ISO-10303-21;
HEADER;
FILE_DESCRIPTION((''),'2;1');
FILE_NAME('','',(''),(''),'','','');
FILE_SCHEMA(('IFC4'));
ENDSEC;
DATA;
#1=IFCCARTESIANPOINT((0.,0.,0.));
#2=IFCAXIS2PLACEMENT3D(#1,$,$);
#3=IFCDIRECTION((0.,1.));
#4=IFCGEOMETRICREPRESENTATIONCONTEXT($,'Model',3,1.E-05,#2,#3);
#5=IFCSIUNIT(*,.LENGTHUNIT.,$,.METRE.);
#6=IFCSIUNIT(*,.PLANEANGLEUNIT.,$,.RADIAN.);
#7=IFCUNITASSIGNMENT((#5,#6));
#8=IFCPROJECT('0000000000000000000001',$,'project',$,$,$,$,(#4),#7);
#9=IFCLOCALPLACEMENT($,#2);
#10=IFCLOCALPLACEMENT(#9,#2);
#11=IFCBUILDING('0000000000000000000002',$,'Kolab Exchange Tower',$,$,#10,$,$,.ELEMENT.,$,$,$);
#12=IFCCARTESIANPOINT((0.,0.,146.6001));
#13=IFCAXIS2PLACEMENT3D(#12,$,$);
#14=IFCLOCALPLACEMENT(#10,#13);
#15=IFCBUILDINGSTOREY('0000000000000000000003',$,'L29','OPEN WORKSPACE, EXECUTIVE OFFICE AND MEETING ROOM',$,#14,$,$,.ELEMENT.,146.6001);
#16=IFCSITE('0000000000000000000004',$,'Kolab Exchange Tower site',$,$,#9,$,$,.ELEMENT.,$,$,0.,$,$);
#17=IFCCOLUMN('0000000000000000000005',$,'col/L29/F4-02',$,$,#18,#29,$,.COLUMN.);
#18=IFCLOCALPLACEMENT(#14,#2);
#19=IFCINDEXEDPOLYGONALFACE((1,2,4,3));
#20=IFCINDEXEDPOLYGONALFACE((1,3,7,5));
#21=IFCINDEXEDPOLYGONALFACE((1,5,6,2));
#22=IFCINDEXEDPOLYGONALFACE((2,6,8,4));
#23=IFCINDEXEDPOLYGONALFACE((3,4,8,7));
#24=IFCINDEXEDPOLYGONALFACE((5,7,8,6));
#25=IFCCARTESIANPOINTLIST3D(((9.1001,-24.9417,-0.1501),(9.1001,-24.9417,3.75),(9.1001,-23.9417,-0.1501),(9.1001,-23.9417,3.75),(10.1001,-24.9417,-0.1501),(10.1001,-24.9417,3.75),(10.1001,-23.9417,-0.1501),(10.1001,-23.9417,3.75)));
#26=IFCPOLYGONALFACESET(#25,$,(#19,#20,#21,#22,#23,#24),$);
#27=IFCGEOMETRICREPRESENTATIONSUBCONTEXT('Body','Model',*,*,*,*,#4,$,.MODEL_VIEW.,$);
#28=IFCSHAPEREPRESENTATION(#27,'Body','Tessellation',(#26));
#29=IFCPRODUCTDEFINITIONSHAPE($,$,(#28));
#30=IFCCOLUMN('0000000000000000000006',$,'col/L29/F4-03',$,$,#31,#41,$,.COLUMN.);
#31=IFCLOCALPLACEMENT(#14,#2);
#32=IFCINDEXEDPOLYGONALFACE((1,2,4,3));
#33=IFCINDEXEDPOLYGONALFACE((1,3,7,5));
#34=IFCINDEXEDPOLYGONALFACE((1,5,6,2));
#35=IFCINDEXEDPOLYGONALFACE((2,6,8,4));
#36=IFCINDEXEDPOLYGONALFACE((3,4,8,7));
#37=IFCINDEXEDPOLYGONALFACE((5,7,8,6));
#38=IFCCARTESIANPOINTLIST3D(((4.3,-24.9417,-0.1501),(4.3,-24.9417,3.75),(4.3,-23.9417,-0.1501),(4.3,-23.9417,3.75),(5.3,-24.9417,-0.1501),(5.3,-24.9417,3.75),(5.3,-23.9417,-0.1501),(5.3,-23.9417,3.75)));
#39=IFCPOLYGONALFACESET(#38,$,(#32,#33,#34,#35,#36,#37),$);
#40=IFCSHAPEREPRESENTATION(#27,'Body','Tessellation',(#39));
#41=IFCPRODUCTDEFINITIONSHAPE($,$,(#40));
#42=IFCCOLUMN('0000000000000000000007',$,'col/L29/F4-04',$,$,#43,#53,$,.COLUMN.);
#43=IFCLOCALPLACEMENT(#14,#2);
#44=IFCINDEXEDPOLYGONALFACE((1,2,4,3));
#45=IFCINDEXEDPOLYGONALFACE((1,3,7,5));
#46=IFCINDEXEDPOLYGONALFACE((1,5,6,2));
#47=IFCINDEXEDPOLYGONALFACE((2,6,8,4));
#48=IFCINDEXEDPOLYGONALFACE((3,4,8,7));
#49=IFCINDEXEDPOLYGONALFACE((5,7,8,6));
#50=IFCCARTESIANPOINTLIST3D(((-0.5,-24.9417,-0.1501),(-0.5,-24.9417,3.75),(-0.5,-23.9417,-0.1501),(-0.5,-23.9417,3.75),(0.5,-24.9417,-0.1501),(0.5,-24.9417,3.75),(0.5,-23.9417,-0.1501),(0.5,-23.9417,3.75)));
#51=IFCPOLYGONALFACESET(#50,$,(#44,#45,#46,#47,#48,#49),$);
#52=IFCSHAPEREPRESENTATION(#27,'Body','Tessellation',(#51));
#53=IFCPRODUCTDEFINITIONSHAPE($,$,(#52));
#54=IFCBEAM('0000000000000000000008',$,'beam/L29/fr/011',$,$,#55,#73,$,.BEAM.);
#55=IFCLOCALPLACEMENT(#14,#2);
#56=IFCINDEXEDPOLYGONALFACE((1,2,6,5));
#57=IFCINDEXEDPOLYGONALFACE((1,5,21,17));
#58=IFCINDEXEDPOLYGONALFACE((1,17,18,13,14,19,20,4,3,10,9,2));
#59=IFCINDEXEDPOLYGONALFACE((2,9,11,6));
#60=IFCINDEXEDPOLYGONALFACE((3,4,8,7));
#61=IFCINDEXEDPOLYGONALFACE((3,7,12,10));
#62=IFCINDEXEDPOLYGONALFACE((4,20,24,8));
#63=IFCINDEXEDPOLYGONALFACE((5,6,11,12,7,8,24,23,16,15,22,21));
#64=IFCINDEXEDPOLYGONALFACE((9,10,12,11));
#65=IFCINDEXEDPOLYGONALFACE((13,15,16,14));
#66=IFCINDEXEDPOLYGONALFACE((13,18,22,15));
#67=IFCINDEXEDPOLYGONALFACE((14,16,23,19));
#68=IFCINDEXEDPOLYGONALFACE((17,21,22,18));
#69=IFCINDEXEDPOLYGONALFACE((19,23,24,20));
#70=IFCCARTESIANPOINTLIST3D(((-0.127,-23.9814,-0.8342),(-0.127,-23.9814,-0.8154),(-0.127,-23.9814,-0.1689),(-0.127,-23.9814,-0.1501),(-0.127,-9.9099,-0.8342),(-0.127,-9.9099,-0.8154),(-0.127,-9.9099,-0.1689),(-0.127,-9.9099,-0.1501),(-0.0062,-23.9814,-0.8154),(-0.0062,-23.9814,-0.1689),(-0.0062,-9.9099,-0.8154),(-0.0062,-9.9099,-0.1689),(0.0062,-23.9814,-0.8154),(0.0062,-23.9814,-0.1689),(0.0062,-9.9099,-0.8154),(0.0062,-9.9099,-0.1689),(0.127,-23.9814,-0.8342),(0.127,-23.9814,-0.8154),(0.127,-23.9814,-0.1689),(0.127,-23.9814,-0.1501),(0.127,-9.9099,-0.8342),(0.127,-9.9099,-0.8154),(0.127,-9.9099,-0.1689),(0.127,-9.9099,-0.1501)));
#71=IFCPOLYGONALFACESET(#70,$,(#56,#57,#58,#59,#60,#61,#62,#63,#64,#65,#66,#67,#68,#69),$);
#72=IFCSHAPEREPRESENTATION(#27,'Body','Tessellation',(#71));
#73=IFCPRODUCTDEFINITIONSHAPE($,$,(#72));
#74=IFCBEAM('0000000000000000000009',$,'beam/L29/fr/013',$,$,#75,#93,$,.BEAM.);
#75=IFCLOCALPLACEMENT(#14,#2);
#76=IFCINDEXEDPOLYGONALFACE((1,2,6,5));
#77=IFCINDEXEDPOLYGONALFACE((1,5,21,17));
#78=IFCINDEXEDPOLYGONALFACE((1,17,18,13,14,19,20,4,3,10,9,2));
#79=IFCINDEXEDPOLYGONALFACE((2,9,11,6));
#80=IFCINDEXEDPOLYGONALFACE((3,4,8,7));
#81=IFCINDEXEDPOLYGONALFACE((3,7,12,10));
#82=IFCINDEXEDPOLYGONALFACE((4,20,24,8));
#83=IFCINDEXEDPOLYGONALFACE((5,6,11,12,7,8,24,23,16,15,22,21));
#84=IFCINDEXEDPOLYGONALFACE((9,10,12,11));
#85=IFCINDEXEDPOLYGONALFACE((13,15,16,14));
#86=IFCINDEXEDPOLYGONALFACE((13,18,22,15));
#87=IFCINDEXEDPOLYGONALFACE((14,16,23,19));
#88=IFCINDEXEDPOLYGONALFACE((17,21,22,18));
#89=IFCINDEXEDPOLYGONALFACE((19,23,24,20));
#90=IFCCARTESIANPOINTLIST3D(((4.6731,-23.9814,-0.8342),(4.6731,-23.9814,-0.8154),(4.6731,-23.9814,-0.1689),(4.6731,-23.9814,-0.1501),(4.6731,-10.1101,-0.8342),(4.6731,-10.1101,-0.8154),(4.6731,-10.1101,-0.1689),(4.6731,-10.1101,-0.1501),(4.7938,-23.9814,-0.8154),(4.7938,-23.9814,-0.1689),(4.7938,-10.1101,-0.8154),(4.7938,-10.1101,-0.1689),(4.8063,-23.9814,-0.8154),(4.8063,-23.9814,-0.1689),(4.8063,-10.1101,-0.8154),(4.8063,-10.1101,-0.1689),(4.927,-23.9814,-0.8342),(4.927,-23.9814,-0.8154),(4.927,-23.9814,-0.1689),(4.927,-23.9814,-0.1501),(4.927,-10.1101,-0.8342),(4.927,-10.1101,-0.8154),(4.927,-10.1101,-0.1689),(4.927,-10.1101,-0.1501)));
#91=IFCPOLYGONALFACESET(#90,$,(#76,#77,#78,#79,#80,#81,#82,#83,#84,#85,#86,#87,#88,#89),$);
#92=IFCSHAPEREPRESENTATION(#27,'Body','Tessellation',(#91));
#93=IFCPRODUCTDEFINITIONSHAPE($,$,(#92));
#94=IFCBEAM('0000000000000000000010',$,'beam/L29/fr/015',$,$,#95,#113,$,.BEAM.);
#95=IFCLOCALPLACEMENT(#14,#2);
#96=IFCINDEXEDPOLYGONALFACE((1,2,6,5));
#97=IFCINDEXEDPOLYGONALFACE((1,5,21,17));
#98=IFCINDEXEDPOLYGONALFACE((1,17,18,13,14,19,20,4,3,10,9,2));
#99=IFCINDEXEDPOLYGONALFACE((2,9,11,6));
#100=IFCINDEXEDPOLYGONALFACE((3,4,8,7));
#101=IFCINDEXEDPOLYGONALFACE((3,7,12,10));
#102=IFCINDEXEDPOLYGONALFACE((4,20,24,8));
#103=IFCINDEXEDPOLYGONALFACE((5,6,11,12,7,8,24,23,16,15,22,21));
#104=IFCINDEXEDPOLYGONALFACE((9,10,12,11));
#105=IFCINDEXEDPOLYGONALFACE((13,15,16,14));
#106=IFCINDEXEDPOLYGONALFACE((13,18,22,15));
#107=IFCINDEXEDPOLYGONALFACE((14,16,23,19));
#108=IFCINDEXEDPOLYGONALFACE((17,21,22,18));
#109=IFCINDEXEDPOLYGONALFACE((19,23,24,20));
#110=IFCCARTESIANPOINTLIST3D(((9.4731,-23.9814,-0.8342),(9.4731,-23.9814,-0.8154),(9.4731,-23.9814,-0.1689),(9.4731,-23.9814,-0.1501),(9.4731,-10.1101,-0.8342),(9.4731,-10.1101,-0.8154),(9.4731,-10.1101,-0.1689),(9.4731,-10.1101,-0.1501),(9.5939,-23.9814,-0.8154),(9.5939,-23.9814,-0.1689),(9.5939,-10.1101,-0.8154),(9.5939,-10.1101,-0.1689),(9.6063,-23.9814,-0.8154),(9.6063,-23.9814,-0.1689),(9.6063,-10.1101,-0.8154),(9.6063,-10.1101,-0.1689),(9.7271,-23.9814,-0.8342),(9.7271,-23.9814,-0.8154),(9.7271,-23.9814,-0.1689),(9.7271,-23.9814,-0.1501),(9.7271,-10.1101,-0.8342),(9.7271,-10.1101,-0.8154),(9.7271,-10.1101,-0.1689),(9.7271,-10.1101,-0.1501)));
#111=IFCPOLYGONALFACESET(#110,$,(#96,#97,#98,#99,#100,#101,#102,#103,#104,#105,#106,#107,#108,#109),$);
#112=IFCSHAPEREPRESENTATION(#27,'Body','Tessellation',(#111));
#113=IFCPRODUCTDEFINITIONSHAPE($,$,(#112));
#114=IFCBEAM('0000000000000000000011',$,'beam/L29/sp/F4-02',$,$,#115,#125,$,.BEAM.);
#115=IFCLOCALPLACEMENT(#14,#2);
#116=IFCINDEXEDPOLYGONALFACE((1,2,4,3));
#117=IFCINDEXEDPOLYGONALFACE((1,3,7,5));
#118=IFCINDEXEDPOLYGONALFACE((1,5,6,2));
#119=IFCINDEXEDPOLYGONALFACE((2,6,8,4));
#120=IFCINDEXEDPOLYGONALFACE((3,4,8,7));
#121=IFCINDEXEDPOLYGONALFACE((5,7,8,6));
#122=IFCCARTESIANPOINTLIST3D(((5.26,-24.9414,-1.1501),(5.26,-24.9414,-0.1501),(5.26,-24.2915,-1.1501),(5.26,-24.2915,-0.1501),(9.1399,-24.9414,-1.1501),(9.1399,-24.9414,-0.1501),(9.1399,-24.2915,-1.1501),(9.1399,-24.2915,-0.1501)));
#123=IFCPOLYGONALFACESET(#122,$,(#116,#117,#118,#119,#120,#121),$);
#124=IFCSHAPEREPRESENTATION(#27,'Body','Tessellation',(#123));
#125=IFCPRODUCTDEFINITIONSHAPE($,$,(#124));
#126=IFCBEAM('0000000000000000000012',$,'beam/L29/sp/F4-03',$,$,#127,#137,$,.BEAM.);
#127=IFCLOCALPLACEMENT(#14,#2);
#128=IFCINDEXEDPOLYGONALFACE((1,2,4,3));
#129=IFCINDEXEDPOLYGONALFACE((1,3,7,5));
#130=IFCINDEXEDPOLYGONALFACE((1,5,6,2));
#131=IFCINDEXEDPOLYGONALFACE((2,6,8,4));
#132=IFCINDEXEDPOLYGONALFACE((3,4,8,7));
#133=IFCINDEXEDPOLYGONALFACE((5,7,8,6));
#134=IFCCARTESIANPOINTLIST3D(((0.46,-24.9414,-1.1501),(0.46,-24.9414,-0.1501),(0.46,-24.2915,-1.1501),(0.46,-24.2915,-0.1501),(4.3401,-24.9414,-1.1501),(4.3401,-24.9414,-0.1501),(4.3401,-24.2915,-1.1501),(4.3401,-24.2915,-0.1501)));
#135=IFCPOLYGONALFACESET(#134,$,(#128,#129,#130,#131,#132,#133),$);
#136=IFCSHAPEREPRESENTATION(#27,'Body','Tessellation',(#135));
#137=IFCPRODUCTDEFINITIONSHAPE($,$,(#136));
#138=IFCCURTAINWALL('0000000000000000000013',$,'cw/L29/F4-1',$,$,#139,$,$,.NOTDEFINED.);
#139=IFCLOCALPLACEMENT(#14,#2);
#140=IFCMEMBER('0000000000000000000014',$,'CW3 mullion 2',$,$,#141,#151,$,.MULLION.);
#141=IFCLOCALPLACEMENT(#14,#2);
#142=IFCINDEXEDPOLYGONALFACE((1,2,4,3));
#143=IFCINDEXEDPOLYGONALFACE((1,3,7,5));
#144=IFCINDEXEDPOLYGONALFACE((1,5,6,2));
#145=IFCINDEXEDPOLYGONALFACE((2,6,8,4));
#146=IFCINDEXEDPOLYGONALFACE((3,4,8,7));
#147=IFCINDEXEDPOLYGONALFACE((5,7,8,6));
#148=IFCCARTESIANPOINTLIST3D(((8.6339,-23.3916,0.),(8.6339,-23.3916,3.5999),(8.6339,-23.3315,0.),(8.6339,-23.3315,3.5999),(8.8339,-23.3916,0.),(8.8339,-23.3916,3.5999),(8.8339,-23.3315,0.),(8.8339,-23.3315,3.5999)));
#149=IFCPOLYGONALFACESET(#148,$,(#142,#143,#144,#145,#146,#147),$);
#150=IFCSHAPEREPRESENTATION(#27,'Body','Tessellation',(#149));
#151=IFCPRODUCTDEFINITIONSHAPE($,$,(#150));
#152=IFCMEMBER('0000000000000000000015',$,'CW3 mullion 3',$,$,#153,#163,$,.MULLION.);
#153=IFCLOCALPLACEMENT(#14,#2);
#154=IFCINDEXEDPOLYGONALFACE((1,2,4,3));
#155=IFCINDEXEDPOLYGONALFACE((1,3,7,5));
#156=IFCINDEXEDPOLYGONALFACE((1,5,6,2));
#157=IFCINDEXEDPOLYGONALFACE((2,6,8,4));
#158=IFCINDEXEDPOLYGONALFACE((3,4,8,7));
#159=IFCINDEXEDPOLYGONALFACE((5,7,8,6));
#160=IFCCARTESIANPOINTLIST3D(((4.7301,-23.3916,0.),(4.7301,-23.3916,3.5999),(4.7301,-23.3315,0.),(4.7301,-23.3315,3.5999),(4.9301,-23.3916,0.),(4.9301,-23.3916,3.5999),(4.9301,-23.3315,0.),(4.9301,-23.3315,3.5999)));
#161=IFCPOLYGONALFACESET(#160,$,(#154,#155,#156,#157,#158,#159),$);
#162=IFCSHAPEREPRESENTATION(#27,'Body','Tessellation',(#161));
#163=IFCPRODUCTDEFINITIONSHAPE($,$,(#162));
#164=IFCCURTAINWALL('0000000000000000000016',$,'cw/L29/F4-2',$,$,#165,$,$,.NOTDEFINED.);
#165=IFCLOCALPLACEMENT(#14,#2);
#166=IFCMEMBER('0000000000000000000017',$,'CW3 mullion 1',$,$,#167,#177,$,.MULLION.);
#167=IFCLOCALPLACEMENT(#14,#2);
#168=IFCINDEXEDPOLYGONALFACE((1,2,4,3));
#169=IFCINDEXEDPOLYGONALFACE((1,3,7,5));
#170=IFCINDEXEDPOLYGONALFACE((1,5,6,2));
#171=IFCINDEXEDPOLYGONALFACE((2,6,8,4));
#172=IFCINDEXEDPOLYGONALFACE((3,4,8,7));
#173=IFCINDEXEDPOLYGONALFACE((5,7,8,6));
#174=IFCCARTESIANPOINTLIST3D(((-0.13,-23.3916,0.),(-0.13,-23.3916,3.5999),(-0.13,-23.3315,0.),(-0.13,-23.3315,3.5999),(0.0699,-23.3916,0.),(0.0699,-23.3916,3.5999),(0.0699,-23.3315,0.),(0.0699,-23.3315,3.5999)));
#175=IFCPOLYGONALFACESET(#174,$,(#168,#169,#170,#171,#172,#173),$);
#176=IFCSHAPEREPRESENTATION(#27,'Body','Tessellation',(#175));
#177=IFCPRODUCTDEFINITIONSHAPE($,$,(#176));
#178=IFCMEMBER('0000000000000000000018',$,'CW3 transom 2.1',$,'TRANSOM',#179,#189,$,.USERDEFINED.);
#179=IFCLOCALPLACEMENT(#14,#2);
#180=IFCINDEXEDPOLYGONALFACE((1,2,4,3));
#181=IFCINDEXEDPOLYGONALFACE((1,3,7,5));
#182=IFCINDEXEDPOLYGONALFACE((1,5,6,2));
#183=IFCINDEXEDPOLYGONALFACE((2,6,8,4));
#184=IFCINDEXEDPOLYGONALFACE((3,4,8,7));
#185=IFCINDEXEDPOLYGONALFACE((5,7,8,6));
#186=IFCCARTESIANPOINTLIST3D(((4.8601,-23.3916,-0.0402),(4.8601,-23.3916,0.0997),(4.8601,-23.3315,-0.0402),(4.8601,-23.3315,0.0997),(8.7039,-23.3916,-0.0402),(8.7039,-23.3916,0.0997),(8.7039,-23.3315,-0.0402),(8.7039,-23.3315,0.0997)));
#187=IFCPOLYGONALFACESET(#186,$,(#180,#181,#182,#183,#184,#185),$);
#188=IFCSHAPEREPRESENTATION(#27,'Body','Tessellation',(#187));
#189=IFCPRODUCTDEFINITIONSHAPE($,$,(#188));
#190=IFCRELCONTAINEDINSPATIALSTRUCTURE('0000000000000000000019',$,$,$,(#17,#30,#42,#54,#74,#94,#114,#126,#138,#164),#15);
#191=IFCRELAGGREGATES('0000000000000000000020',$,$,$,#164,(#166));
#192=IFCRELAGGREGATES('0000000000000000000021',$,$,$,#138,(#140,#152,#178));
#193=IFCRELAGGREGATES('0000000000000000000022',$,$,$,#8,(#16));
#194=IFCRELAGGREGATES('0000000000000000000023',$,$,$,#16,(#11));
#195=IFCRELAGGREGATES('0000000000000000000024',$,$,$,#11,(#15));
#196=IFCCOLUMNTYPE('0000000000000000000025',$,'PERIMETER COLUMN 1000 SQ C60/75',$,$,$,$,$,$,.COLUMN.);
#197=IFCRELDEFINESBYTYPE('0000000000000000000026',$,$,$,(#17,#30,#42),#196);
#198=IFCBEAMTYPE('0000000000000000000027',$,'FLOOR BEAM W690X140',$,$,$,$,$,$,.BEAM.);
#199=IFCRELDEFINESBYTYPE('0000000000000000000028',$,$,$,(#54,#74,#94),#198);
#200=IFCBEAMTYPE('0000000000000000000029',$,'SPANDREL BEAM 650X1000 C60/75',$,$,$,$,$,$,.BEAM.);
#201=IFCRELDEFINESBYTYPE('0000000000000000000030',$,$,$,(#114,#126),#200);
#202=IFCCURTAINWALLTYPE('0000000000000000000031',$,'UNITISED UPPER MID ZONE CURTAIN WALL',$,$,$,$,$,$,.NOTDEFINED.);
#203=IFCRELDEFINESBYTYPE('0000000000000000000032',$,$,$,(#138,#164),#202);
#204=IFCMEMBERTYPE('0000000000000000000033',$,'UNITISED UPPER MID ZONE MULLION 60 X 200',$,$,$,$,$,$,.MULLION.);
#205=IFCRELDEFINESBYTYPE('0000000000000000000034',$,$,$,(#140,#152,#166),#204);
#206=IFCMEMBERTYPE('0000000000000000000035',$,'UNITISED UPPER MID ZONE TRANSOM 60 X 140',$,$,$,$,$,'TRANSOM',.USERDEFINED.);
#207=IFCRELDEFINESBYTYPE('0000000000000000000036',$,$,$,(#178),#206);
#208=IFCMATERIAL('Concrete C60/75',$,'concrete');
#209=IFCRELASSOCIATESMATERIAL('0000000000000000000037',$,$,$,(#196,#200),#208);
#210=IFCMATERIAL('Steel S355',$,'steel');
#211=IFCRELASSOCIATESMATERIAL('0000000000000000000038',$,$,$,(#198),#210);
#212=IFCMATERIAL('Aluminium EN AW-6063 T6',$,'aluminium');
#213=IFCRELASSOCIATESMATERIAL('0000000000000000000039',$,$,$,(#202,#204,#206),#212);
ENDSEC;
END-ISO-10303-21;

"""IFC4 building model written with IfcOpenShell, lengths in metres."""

from ifc_helpers import new_model, si_unit, direction, frame, origin, origin_2d, place, context, subcontext, project, spatial, rectangle, i_section, extrude, material, material_profile, profile_set, type_object, element, aggregate, save


model = new_model("IFC4")

# Units and contexts
model_context = context("Model", 3, precision=1e-05, world=origin(), true_north=direction((0.0, 1.0)))
body_context = subcontext(model_context, "Body", "Model", "MODEL_VIEW")
ifc_project = project(units=[si_unit("LENGTHUNIT", "METRE"), si_unit("PLANEANGLEUNIT", "RADIAN")], contexts=[model_context])

# Site, building, storey
site_placement = place(None, origin())
site = spatial("IfcSite", under=ifc_project, at=site_placement, Name="Kolab Exchange Tower site", CompositionType="ELEMENT", RefElevation=0.0)
building_placement = place(site_placement, origin())
building = spatial("IfcBuilding", under=site, at=building_placement, Name="Kolab Exchange Tower", CompositionType="ELEMENT")
storey_placement = place(building_placement, frame((0.0, 0.0, 146.6001)))
storey = spatial("IfcBuildingStorey", under=building, at=storey_placement, Name="L29", Description="OPEN WORKSPACE, EXECUTIVE OFFICE AND MEETING ROOM", CompositionType="ELEMENT", Elevation=146.6001)

# Columns
ifc_material_1 = material(Name="Concrete C60/75", Category="concrete")
ifc_material_profile_1 = material_profile(ifc_material_1, rectangle(XDim=1.0, YDim=1.0, at=origin_2d()), Name="RC1000")
ifc_profile_set_1 = profile_set([ifc_material_profile_1], Name="Concrete C60/75")
column_type = type_object("IfcColumnType", Name="PERIMETER COLUMN 1000 SQ C60/75", PredefinedType="COLUMN", material=ifc_profile_set_1)
for number, where, z_axis, x_axis, name in (
    (1, (9.6001, -24.4417, -0.1501), (0.0, 0.0, 1.0), (1.0, 0.0, 0.0), "col/L29/F4-02"),
    (2, (4.8, -24.4417, -0.1501), (0.0, 0.0, 1.0), (1.0, 0.0, 0.0), "col/L29/F4-03"),
    (3, (0.0, -24.4417, -0.1501), (0.0, 0.0, 1.0), (1.0, 0.0, 0.0), "col/L29/F4-04"),
):
    element("IfcColumn", number, at=place(storey_placement, frame(where, z_axis=z_axis, x_axis=x_axis)), inside=storey, type_object=column_type, Name=name, PredefinedType="COLUMN", context=body_context, shape_type="SweptSolid", body=[
        extrude(rectangle(XDim=1.0, YDim=1.0, at=origin_2d()), origin(), (0.0, 0.0, 1.0), 3.9001),
    ])

# Beams
ifc_material_2 = material(Name="Steel S355", Category="steel")
ifc_material_profile_2 = material_profile(ifc_material_2, i_section(OverallWidth=0.2539, OverallDepth=0.6841, WebThickness=0.0125, FlangeThickness=0.0188, at=origin_2d()), Name="W690X140")
ifc_profile_set_2 = profile_set([ifc_material_profile_2], Name="Steel S355")
beam_type_1 = type_object("IfcBeamType", Name="FLOOR BEAM W690X140", PredefinedType="BEAM", material=ifc_profile_set_2)
beam_1_placement = place(storey_placement, frame((0.0, -23.9814, -0.4922), z_axis=(0.0, 1.0, 0.0), x_axis=(-1.0, 0.0, 0.0)))
element("IfcBeam", 4, at=beam_1_placement, inside=storey, type_object=beam_type_1, Name="beam/L29/fr/011", PredefinedType="BEAM", context=body_context, shape_type="SweptSolid", body=[
    extrude(i_section(OverallWidth=0.2539, OverallDepth=0.6841, WebThickness=0.0125, FlangeThickness=0.0188, at=origin_2d()), origin(), (0.0, 0.0, 1.0), 14.0715),
])
for number, where, z_axis, x_axis, name in (
    (5, (4.8, -23.9814, -0.4922), (0.0, 1.0, 0.0), (-1.0, 0.0, 0.0), "beam/L29/fr/013"),
    (6, (9.6001, -23.9814, -0.4922), (0.0, 1.0, 0.0), (-1.0, 0.0, 0.0), "beam/L29/fr/015"),
):
    element("IfcBeam", number, at=place(storey_placement, frame(where, z_axis=z_axis, x_axis=x_axis)), inside=storey, type_object=beam_type_1, Name=name, PredefinedType="BEAM", context=body_context, shape_type="SweptSolid", body=[
        extrude(i_section(OverallWidth=0.2539, OverallDepth=0.6841, WebThickness=0.0125, FlangeThickness=0.0188, at=origin_2d()), origin(), (0.0, 0.0, 1.0), 13.8713),
    ])
ifc_material_profile_3 = material_profile(ifc_material_1, rectangle(XDim=0.6499, YDim=1.0, at=origin_2d()), Name="RC650X1000")
ifc_profile_set_3 = profile_set([ifc_material_profile_3], Name="Concrete C60/75")
beam_type_2 = type_object("IfcBeamType", Name="SPANDREL BEAM 650X1000 C60/75", PredefinedType="BEAM", material=ifc_profile_set_3)
beam_2_placement = place(storey_placement, frame((9.1399, -24.6165, -0.6501), z_axis=(-1.0, 0.0, 0.0), x_axis=(0.0, -1.0, 0.0)))
element("IfcBeam", 7, at=beam_2_placement, inside=storey, type_object=beam_type_2, Name="beam/L29/sp/F4-02", PredefinedType="BEAM", context=body_context, shape_type="SweptSolid", body=[
    extrude(rectangle(XDim=0.6499, YDim=1.0, at=origin_2d()), origin(), (0.0, 0.0, 1.0), 3.8799),
])
beam_3_placement = place(storey_placement, frame((4.3401, -24.6165, -0.6501), z_axis=(-1.0, 0.0, 0.0), x_axis=(0.0, -1.0, 0.0)))
element("IfcBeam", 8, at=beam_3_placement, inside=storey, type_object=beam_type_2, Name="beam/L29/sp/F4-03", PredefinedType="BEAM", context=body_context, shape_type="SweptSolid", body=[
    extrude(rectangle(XDim=0.6499, YDim=1.0, at=origin_2d()), origin(), (0.0, 0.0, 1.0), 3.8801),
])

# Curtain wall, members
ifc_material_3 = material(Name="Aluminium EN AW-6063 T6", Category="aluminium")
curtain_wall_type = type_object("IfcCurtainWallType", Name="UNITISED UPPER MID ZONE CURTAIN WALL", PredefinedType="NOTDEFINED", material=ifc_material_3)
curtain_wall_1_placement = place(storey_placement, origin())
curtain_wall_1 = element("IfcCurtainWall", 9, at=curtain_wall_1_placement, inside=storey, type_object=curtain_wall_type, Name="cw/L29/F4-1", PredefinedType="NOTDEFINED")
ifc_material_profile_4 = material_profile(ifc_material_3, rectangle(XDim=0.0601, YDim=0.2, at=origin_2d()), Name="RECT 60X200")
ifc_profile_set_4 = profile_set([ifc_material_profile_4], Name="Aluminium EN AW-6063 T6")
member_type_1 = type_object("IfcMemberType", Name="UNITISED UPPER MID ZONE MULLION 60 X 200", PredefinedType="MULLION", material=ifc_profile_set_4)
member_1_placement = place(storey_placement, frame((8.7339, -23.3616, 0.0), z_axis=(0.0, 0.0, 1.0), x_axis=(0.0, -1.0, 0.0)))
member_1 = element("IfcMember", 10, at=member_1_placement, type_object=member_type_1, Name="CW3 mullion 2", PredefinedType="MULLION", context=body_context, shape_type="SweptSolid", body=[
    extrude(rectangle(XDim=0.0601, YDim=0.2, at=origin_2d()), origin(), (0.0, 0.0, 1.0), 3.5999),
])
member_2_placement = place(storey_placement, frame((4.8301, -23.3616, 0.0), z_axis=(0.0, 0.0, 1.0), x_axis=(0.0, -1.0, 0.0)))
member_2 = element("IfcMember", 11, at=member_2_placement, type_object=member_type_1, Name="CW3 mullion 3", PredefinedType="MULLION", context=body_context, shape_type="SweptSolid", body=[
    extrude(rectangle(XDim=0.0601, YDim=0.2, at=origin_2d()), origin(), (0.0, 0.0, 1.0), 3.5999),
])

# Curtain wall, member
curtain_wall_2_placement = place(storey_placement, origin())
curtain_wall_2 = element("IfcCurtainWall", 12, at=curtain_wall_2_placement, inside=storey, type_object=curtain_wall_type, Name="cw/L29/F4-2", PredefinedType="NOTDEFINED")
member_3_placement = place(storey_placement, frame((-0.03, -23.3616, 0.0), z_axis=(0.0, 0.0, 1.0), x_axis=(0.0, -1.0, 0.0)))
member_3 = element("IfcMember", 13, at=member_3_placement, type_object=member_type_1, Name="CW3 mullion 1", PredefinedType="MULLION", context=body_context, shape_type="SweptSolid", body=[
    extrude(rectangle(XDim=0.0601, YDim=0.2, at=origin_2d()), origin(), (0.0, 0.0, 1.0), 3.5999),
])
aggregate(curtain_wall_2, [member_3])

# Member
ifc_material_profile_5 = material_profile(ifc_material_3, rectangle(XDim=0.0601, YDim=0.1399, at=origin_2d()), Name="RECT 60X140")
ifc_profile_set_5 = profile_set([ifc_material_profile_5], Name="Aluminium EN AW-6063 T6")
member_type_2 = type_object("IfcMemberType", Name="UNITISED UPPER MID ZONE TRANSOM 60 X 140", ElementType="TRANSOM", PredefinedType="USERDEFINED", material=ifc_profile_set_5)
member_4_placement = place(storey_placement, frame((8.7039, -23.3616, 0.0298), z_axis=(-1.0, 0.0, 0.0), x_axis=(0.0, -1.0, 0.0)))
member_4 = element("IfcMember", 14, at=member_4_placement, type_object=member_type_2, Name="CW3 transom 2.1", ObjectType="TRANSOM", PredefinedType="USERDEFINED", context=body_context, shape_type="SweptSolid", body=[
    extrude(rectangle(XDim=0.0601, YDim=0.1399, at=origin_2d()), origin(), (0.0, 0.0, 1.0), 3.8438),
])

aggregate(curtain_wall_1, [member_1, member_2, member_4])

save(model, "model.ifc")
